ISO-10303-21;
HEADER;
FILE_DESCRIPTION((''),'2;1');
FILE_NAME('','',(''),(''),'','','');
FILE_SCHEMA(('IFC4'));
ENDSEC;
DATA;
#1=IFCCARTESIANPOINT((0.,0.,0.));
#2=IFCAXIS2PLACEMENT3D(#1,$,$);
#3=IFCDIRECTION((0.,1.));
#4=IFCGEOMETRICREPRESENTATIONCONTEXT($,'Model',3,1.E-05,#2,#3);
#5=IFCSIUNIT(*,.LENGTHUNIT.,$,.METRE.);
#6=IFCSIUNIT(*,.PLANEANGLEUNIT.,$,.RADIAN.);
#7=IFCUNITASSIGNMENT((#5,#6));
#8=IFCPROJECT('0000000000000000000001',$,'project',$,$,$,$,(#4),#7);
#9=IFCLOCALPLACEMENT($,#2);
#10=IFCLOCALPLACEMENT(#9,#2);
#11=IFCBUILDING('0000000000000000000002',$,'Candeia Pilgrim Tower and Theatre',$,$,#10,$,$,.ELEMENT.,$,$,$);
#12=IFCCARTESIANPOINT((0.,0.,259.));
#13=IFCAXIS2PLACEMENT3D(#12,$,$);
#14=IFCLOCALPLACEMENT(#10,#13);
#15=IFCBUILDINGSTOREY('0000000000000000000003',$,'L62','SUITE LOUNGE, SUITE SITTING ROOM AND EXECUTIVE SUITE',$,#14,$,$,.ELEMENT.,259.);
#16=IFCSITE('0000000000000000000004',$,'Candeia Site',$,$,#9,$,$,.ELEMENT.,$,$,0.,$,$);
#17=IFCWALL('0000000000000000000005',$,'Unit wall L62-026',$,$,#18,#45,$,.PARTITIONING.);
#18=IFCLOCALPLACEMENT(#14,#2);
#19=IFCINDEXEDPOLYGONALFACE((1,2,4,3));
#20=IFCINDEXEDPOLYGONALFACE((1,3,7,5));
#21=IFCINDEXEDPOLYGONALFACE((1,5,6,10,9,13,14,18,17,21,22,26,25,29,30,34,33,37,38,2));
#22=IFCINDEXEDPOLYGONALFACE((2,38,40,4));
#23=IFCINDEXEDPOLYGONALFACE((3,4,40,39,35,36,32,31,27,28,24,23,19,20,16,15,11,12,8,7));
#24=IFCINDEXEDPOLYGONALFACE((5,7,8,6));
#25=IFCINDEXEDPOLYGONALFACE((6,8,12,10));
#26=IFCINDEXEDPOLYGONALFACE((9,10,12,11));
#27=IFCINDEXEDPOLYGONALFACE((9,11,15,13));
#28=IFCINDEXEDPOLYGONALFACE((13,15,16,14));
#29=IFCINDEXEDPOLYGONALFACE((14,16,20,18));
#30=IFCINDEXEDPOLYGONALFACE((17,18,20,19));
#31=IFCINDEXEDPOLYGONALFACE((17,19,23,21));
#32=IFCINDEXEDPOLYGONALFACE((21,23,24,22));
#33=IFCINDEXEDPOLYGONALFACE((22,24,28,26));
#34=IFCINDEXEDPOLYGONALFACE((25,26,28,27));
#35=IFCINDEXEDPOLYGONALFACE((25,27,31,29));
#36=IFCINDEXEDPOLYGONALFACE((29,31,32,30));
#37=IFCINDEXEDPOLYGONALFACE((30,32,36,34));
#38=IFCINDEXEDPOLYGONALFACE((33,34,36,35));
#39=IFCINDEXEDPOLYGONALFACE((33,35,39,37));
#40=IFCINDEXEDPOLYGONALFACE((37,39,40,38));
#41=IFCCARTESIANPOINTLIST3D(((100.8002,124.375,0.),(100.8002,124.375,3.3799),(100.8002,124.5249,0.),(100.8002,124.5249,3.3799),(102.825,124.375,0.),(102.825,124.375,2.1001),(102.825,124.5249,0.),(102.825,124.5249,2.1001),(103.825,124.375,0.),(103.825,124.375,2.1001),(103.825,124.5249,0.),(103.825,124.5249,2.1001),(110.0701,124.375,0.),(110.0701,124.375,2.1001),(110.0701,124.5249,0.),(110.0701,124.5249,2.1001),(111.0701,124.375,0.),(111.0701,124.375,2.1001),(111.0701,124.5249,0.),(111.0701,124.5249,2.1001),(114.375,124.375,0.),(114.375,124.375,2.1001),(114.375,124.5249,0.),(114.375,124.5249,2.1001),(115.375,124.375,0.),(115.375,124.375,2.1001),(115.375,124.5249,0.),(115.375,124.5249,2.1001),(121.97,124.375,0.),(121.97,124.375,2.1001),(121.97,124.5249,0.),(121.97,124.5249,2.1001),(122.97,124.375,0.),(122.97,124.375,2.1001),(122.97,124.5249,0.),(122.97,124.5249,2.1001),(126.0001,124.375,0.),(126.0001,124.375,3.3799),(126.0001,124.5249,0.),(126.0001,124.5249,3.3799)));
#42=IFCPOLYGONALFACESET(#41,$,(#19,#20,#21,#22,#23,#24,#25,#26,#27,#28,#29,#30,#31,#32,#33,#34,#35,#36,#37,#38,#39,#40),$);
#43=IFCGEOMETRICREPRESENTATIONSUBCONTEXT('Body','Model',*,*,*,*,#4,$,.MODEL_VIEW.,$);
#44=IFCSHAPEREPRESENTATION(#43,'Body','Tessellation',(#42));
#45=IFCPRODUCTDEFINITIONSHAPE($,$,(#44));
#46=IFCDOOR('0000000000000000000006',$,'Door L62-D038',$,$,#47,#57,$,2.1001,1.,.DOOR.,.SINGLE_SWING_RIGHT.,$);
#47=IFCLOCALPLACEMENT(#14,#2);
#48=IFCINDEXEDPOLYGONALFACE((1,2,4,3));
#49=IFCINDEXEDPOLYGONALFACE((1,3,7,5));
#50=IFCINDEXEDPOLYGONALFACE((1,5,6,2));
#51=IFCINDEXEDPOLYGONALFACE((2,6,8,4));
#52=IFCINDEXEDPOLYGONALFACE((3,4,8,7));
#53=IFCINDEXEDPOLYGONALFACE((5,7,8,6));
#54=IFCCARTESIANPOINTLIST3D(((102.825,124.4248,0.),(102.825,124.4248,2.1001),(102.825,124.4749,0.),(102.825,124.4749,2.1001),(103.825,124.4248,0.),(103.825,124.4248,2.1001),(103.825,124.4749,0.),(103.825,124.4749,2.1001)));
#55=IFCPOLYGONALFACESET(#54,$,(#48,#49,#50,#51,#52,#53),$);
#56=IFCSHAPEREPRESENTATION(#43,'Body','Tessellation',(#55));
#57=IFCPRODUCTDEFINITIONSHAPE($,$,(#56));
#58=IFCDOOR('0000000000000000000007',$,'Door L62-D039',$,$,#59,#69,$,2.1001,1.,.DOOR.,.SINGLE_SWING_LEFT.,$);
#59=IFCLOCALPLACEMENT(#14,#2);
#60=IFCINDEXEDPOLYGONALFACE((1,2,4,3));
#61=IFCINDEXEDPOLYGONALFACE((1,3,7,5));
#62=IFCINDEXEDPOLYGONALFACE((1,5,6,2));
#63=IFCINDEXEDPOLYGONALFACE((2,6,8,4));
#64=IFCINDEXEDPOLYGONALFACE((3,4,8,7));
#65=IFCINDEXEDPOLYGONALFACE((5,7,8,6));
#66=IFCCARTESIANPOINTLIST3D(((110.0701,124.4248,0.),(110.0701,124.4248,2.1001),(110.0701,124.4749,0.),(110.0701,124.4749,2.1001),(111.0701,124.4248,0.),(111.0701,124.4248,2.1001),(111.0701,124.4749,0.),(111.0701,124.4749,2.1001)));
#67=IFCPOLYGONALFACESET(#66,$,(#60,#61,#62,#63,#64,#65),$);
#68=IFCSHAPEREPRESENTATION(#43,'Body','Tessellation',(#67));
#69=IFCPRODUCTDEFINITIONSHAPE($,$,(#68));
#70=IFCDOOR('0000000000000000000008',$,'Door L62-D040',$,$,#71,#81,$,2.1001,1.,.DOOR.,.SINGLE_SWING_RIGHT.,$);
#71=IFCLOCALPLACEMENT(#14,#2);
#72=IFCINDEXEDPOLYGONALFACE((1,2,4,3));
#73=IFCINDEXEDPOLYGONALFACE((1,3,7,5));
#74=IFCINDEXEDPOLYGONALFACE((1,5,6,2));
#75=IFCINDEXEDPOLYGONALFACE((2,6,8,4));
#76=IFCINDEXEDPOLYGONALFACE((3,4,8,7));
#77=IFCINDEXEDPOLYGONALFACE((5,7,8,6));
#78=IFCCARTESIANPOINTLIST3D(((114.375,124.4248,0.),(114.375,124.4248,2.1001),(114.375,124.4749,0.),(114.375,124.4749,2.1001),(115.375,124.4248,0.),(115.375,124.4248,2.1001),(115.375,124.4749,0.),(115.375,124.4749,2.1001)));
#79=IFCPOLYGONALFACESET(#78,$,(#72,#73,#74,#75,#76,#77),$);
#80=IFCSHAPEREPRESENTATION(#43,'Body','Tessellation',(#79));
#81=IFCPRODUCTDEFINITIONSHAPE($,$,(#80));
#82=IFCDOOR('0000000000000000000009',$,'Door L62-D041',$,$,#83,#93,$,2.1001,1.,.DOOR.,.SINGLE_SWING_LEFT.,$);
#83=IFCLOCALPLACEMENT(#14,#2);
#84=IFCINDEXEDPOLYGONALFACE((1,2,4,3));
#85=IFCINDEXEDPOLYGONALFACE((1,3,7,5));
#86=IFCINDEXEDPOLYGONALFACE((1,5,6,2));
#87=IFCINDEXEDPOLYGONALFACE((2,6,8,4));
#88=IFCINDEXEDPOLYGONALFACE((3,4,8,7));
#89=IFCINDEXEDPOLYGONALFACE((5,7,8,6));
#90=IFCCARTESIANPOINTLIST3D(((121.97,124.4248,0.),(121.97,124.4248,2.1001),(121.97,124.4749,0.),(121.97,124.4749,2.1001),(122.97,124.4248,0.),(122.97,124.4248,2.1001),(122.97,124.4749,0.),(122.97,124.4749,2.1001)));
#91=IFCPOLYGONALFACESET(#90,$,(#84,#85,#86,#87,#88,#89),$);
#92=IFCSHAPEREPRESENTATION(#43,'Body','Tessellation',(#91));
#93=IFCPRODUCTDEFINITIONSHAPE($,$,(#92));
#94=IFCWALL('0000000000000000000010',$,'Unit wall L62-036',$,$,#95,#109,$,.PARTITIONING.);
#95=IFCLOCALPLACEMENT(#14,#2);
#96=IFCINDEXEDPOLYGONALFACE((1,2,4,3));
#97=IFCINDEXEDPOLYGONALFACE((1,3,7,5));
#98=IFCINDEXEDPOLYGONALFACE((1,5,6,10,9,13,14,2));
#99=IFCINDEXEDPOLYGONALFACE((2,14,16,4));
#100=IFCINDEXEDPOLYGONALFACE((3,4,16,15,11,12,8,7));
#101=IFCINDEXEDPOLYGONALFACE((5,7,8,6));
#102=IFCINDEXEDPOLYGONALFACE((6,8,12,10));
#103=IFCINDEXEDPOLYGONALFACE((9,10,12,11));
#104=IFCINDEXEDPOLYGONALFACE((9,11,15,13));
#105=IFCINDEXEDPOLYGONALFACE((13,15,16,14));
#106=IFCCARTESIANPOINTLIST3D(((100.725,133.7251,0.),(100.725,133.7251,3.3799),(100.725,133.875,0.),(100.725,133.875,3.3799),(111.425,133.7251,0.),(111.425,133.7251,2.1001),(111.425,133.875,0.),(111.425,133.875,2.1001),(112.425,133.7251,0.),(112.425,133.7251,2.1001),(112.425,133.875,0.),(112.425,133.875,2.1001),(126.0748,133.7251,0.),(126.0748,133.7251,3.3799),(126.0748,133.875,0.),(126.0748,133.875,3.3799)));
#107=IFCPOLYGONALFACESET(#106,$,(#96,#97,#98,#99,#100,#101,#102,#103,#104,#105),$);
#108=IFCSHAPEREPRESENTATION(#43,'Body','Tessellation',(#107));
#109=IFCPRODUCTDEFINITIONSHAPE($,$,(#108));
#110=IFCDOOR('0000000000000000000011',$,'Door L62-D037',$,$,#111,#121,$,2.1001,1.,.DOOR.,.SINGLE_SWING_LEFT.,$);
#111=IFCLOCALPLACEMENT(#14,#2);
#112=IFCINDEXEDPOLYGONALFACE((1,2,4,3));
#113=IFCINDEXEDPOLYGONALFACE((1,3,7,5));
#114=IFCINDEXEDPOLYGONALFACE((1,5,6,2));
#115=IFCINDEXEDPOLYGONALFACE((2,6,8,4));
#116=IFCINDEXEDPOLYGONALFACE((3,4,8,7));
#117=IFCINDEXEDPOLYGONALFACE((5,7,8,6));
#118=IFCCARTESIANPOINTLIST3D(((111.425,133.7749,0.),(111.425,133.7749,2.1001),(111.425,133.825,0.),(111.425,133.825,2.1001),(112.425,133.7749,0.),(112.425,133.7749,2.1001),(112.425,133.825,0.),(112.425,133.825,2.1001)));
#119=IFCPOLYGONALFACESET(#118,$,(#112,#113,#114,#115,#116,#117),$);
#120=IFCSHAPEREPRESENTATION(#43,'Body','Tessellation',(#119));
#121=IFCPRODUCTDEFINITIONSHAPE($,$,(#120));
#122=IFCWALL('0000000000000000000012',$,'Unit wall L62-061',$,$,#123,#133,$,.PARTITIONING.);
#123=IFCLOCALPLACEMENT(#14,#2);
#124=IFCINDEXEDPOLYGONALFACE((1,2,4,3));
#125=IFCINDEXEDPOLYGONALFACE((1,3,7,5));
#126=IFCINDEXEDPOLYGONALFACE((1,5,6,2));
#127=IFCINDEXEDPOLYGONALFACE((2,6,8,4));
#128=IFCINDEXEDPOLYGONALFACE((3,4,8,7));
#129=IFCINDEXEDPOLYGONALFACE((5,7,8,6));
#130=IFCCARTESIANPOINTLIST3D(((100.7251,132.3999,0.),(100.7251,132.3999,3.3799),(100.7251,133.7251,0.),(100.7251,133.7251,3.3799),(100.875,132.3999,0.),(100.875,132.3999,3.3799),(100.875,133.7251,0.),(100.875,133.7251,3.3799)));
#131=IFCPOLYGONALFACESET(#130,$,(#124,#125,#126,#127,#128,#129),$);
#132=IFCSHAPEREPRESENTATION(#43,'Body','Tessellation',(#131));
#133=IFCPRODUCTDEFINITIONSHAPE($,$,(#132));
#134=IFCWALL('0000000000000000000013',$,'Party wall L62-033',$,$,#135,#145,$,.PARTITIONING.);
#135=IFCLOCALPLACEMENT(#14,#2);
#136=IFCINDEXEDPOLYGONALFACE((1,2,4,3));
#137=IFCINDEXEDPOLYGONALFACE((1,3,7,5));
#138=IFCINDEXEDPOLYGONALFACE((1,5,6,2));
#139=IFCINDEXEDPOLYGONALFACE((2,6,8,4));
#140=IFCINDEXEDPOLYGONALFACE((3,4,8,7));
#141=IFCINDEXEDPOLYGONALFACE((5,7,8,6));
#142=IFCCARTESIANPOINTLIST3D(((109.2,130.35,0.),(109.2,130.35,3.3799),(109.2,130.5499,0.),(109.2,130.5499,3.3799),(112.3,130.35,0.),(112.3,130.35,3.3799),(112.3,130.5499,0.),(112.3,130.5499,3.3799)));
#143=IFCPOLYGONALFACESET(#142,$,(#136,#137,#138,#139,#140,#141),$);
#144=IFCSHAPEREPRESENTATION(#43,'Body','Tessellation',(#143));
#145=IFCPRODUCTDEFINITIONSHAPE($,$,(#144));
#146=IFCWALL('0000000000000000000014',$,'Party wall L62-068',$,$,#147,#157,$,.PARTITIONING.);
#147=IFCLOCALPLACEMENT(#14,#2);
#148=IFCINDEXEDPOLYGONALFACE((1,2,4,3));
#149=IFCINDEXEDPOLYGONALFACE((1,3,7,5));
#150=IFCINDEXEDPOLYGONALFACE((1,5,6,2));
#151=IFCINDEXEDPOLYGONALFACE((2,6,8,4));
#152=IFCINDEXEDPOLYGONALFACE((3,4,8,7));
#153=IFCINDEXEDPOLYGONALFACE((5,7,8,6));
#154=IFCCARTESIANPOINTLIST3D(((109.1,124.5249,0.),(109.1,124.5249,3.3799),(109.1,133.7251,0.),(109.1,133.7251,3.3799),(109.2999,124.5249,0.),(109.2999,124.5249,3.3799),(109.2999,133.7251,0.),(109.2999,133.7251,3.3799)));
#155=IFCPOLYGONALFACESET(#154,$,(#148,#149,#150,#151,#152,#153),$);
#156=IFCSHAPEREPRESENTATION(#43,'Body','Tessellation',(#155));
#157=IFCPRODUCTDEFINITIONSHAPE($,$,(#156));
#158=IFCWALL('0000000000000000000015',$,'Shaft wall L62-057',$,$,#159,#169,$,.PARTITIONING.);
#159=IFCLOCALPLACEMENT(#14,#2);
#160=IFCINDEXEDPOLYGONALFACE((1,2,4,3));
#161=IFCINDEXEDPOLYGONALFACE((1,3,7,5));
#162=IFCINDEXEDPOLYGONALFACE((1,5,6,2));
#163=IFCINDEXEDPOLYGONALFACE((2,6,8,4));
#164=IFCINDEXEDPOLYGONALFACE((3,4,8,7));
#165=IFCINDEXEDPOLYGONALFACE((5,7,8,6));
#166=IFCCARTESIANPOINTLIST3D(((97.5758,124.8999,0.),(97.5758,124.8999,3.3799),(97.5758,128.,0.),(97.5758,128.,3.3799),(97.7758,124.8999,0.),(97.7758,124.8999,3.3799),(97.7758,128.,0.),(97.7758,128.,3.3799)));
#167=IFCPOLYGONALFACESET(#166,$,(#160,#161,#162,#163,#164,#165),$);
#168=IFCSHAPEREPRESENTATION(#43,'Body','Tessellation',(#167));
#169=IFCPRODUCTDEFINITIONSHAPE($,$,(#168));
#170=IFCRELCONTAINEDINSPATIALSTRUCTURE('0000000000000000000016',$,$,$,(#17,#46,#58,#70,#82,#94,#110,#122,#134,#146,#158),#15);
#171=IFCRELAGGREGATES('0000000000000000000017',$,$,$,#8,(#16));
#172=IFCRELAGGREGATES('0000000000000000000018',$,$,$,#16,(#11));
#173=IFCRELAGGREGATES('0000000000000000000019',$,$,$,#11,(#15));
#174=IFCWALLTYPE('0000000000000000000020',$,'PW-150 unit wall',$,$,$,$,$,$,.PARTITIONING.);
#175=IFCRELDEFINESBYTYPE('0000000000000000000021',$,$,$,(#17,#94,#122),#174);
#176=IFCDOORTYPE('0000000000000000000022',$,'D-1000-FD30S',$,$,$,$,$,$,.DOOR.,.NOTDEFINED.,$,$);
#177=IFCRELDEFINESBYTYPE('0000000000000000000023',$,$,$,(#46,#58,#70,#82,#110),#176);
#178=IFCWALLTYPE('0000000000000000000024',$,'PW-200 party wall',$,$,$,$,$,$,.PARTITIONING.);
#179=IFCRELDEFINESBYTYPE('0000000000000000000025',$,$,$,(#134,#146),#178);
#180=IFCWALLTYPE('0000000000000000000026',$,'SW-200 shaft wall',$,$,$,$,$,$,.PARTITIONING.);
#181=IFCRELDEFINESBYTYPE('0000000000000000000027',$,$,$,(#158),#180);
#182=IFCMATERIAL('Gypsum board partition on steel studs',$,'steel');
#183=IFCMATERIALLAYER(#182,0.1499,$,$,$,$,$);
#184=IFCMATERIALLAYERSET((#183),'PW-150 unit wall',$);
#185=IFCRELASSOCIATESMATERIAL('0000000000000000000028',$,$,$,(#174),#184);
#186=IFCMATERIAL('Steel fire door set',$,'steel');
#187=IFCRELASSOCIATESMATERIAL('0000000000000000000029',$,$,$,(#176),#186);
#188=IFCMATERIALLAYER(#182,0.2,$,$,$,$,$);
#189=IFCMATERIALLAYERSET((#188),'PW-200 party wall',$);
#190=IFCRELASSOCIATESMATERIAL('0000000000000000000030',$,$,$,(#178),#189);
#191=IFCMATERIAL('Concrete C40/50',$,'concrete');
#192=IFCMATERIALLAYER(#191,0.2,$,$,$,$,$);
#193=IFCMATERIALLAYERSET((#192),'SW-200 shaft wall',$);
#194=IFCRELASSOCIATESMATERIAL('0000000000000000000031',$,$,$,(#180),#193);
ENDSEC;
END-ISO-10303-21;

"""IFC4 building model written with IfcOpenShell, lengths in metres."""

from ifc_helpers import new_model, si_unit, direction, frame, frame_2d, origin, place, context, subcontext, project, spatial, rectangle, extrude, material, layer, layer_set, type_object, element, fill, save


model = new_model("IFC4")

# Units and contexts
model_context = context("Model", 3, precision=1e-05, world=origin(), true_north=direction((0.0, 1.0)))
body_context = subcontext(model_context, "Body", "Model", "MODEL_VIEW")
ifc_project = project(units=[si_unit("LENGTHUNIT", "METRE"), si_unit("PLANEANGLEUNIT", "RADIAN")], contexts=[model_context])

# Site, building, storey
site_placement = place(None, origin())
site = spatial("IfcSite", under=ifc_project, at=site_placement, Name="Candeia Site", CompositionType="ELEMENT", RefElevation=0.0)
building_placement = place(site_placement, origin())
building = spatial("IfcBuilding", under=site, at=building_placement, Name="Candeia Pilgrim Tower and Theatre", CompositionType="ELEMENT")
storey_placement = place(building_placement, frame((0.0, 0.0, 259.0)))
storey = spatial("IfcBuildingStorey", under=building, at=storey_placement, Name="L62", Description="SUITE LOUNGE, SUITE SITTING ROOM AND EXECUTIVE SUITE", CompositionType="ELEMENT", Elevation=259.0)

# Shared definitions
ifc_material_1 = material(Name="Concrete C40/50", Category="concrete")

# Shared definitions
ifc_material_2 = material(Name="Steel fire door set", Category="steel")

# Wall, openings, doors
ifc_material_3 = material(Name="Gypsum board partition on steel studs", Category="steel")
ifc_layer_1 = layer(ifc_material_3, 0.1499)
ifc_layer_set_1 = layer_set([ifc_layer_1], Name="PW-150 unit wall")
wall_type_1 = type_object("IfcWallType", Name="PW-150 unit wall", PredefinedType="PARTITIONING", material=ifc_layer_set_1)
door_type_1 = type_object("IfcDoorType", Name="D-1000-FD30S", OperationType="NOTDEFINED", PredefinedType="DOOR", material=ifc_material_2)
wall_1_placement = place(storey_placement, frame((100.8, 124.45, 0.0), z_axis=(0.0, 0.0, 1.0), x_axis=(1.0, 0.0, 0.0)))
wall_1 = element("IfcWall", 1, at=wall_1_placement, inside=storey, type_object=wall_type_1, Name="Unit wall L62-026", PredefinedType="PARTITIONING", context=body_context, shape_type="SweptSolid", body=[
    extrude(rectangle(XDim=25.2, YDim=0.1499, at=frame_2d((12.6001, 0.0))), origin(), (0.0, 0.0, 1.0), 3.3799),
])
opening_1_placement = place(wall_1_placement, frame((2.0249, 0.0, 0.0)))
opening_1 = element("IfcOpeningElement", 2, at=opening_1_placement, cuts=wall_1, PredefinedType="OPENING", context=body_context, shape_type="SweptSolid", body=[
    extrude(rectangle(XDim=1.0, YDim=2.1001, at=frame_2d((0.5, 1.05))), frame((0.0, 0.085, 0.0), z_axis=(0.0, -1.0, 0.0), x_axis=(1.0, 0.0, 0.0)), (0.0, 0.0, 1.0), 0.1699),
])
opening_2_placement = place(wall_1_placement, frame((9.27, 0.0, 0.0)))
opening_2 = element("IfcOpeningElement", 3, at=opening_2_placement, cuts=wall_1, PredefinedType="OPENING", context=body_context, shape_type="SweptSolid", body=[
    extrude(rectangle(XDim=1.0, YDim=2.1001, at=frame_2d((0.5, 1.05))), frame((0.0, 0.085, 0.0), z_axis=(0.0, -1.0, 0.0), x_axis=(1.0, 0.0, 0.0)), (0.0, 0.0, 1.0), 0.1699),
])
opening_3_placement = place(wall_1_placement, frame((13.575, 0.0, 0.0)))
opening_3 = element("IfcOpeningElement", 4, at=opening_3_placement, cuts=wall_1, PredefinedType="OPENING", context=body_context, shape_type="SweptSolid", body=[
    extrude(rectangle(XDim=1.0, YDim=2.1001, at=frame_2d((0.5, 1.05))), frame((0.0, 0.085, 0.0), z_axis=(0.0, -1.0, 0.0), x_axis=(1.0, 0.0, 0.0)), (0.0, 0.0, 1.0), 0.1699),
])
opening_4_placement = place(wall_1_placement, frame((21.1699, 0.0, 0.0)))
opening_4 = element("IfcOpeningElement", 5, at=opening_4_placement, cuts=wall_1, PredefinedType="OPENING", context=body_context, shape_type="SweptSolid", body=[
    extrude(rectangle(XDim=1.0, YDim=2.1001, at=frame_2d((0.5, 1.05))), frame((0.0, 0.085, 0.0), z_axis=(0.0, -1.0, 0.0), x_axis=(1.0, 0.0, 0.0)), (0.0, 0.0, 1.0), 0.1699),
])
door_1_placement = place(opening_1_placement, origin())
door_1 = element("IfcDoor", 6, at=door_1_placement, inside=storey, type_object=door_type_1, Name="Door L62-D038", OperationType="SINGLE_SWING_RIGHT", OverallHeight=2.1001, OverallWidth=1.0, PredefinedType="DOOR", context=body_context, shape_type="SweptSolid", body=[
    extrude(rectangle(XDim=1.0, YDim=2.1001, at=frame_2d((0.5, 1.05))), frame((0.0, 0.0249, 0.0), z_axis=(0.0, -1.0, 0.0), x_axis=(1.0, 0.0, 0.0)), (0.0, 0.0, 1.0), 0.05),
])
fill(opening_1, door_1)
door_2_placement = place(opening_2_placement, origin())
door_2 = element("IfcDoor", 7, at=door_2_placement, inside=storey, type_object=door_type_1, Name="Door L62-D039", OperationType="SINGLE_SWING_LEFT", OverallHeight=2.1001, OverallWidth=1.0, PredefinedType="DOOR", context=body_context, shape_type="SweptSolid", body=[
    extrude(rectangle(XDim=1.0, YDim=2.1001, at=frame_2d((0.5, 1.05))), frame((0.0, 0.0249, 0.0), z_axis=(0.0, -1.0, 0.0), x_axis=(1.0, 0.0, 0.0)), (0.0, 0.0, 1.0), 0.05),
])
fill(opening_2, door_2)
door_3_placement = place(opening_3_placement, origin())
door_3 = element("IfcDoor", 8, at=door_3_placement, inside=storey, type_object=door_type_1, Name="Door L62-D040", OperationType="SINGLE_SWING_RIGHT", OverallHeight=2.1001, OverallWidth=1.0, PredefinedType="DOOR", context=body_context, shape_type="SweptSolid", body=[
    extrude(rectangle(XDim=1.0, YDim=2.1001, at=frame_2d((0.5, 1.05))), frame((0.0, 0.0249, 0.0), z_axis=(0.0, -1.0, 0.0), x_axis=(1.0, 0.0, 0.0)), (0.0, 0.0, 1.0), 0.05),
])
fill(opening_3, door_3)
door_4_placement = place(opening_4_placement, origin())
door_4 = element("IfcDoor", 9, at=door_4_placement, inside=storey, type_object=door_type_1, Name="Door L62-D041", OperationType="SINGLE_SWING_LEFT", OverallHeight=2.1001, OverallWidth=1.0, PredefinedType="DOOR", context=body_context, shape_type="SweptSolid", body=[
    extrude(rectangle(XDim=1.0, YDim=2.1001, at=frame_2d((0.5, 1.05))), frame((0.0, 0.0249, 0.0), z_axis=(0.0, -1.0, 0.0), x_axis=(1.0, 0.0, 0.0)), (0.0, 0.0, 1.0), 0.05),
])
fill(opening_4, door_4)

# Wall, opening, door
wall_2_placement = place(storey_placement, frame((100.7251, 133.8, 0.0), z_axis=(0.0, 0.0, 1.0), x_axis=(1.0, 0.0, 0.0)))
wall_2 = element("IfcWall", 10, at=wall_2_placement, inside=storey, type_object=wall_type_1, Name="Unit wall L62-036", PredefinedType="PARTITIONING", context=body_context, shape_type="SweptSolid", body=[
    extrude(rectangle(XDim=25.3499, YDim=0.1499, at=frame_2d((12.6748, 0.0))), origin(), (0.0, 0.0, 1.0), 3.3799),
])
opening_5_placement = place(wall_2_placement, frame((10.7, 0.0, 0.0)))
opening_5 = element("IfcOpeningElement", 11, at=opening_5_placement, cuts=wall_2, PredefinedType="OPENING", context=body_context, shape_type="SweptSolid", body=[
    extrude(rectangle(XDim=1.0, YDim=2.1001, at=frame_2d((0.5, 1.05))), frame((0.0, 0.085, 0.0), z_axis=(0.0, -1.0, 0.0), x_axis=(1.0, 0.0, 0.0)), (0.0, 0.0, 1.0), 0.1699),
])
door_5_placement = place(opening_5_placement, origin())
door_5 = element("IfcDoor", 12, at=door_5_placement, inside=storey, type_object=door_type_1, Name="Door L62-D037", OperationType="SINGLE_SWING_LEFT", OverallHeight=2.1001, OverallWidth=1.0, PredefinedType="DOOR", context=body_context, shape_type="SweptSolid", body=[
    extrude(rectangle(XDim=1.0, YDim=2.1001, at=frame_2d((0.5, 1.05))), frame((0.0, 0.0249, 0.0), z_axis=(0.0, -1.0, 0.0), x_axis=(1.0, 0.0, 0.0)), (0.0, 0.0, 1.0), 0.05),
])
fill(opening_5, door_5)

# Walls
wall_3_placement = place(storey_placement, frame((100.8, 132.3999, 0.0), z_axis=(0.0, 0.0, 1.0), x_axis=(0.0, 1.0, 0.0)))
element("IfcWall", 13, at=wall_3_placement, inside=storey, type_object=wall_type_1, Name="Unit wall L62-061", PredefinedType="PARTITIONING", context=body_context, shape_type="SweptSolid", body=[
    extrude(rectangle(XDim=1.3252, YDim=0.1499, at=frame_2d((0.6626, 0.0))), origin(), (0.0, 0.0, 1.0), 3.3799),
])
ifc_layer_2 = layer(ifc_material_3, 0.2)
ifc_layer_set_2 = layer_set([ifc_layer_2], Name="PW-200 party wall")
wall_type_2 = type_object("IfcWallType", Name="PW-200 party wall", PredefinedType="PARTITIONING", material=ifc_layer_set_2)
wall_4_placement = place(storey_placement, frame((109.2, 130.45, 0.0), z_axis=(0.0, 0.0, 1.0), x_axis=(1.0, 0.0, 0.0)))
element("IfcWall", 14, at=wall_4_placement, inside=storey, type_object=wall_type_2, Name="Party wall L62-033", PredefinedType="PARTITIONING", context=body_context, shape_type="SweptSolid", body=[
    extrude(rectangle(XDim=3.1001, YDim=0.2, at=frame_2d((1.55, 0.0))), origin(), (0.0, 0.0, 1.0), 3.3799),
])
wall_5_placement = place(storey_placement, frame((109.2, 124.5249, 0.0), z_axis=(0.0, 0.0, 1.0), x_axis=(0.0, 1.0, 0.0)))
element("IfcWall", 15, at=wall_5_placement, inside=storey, type_object=wall_type_2, Name="Party wall L62-068", PredefinedType="PARTITIONING", context=body_context, shape_type="SweptSolid", body=[
    extrude(rectangle(XDim=9.2002, YDim=0.2, at=frame_2d((4.6001, 0.0))), origin(), (0.0, 0.0, 1.0), 3.3799),
])
ifc_layer_3 = layer(ifc_material_1, 0.2)
ifc_layer_set_3 = layer_set([ifc_layer_3], Name="SW-200 shaft wall")
wall_type_3 = type_object("IfcWallType", Name="SW-200 shaft wall", PredefinedType="PARTITIONING", material=ifc_layer_set_3)
wall_6_placement = place(storey_placement, frame((97.6758, 124.8999, 0.0), z_axis=(0.0, 0.0, 1.0), x_axis=(0.0, 1.0, 0.0)))
element("IfcWall", 16, at=wall_6_placement, inside=storey, type_object=wall_type_3, Name="Shaft wall L62-057", PredefinedType="PARTITIONING", context=body_context, shape_type="SweptSolid", body=[
    extrude(rectangle(XDim=3.1001, YDim=0.2, at=frame_2d((1.55, 0.0))), origin(), (0.0, 0.0, 1.0), 3.3799),
])

save(model, "model.ifc")
